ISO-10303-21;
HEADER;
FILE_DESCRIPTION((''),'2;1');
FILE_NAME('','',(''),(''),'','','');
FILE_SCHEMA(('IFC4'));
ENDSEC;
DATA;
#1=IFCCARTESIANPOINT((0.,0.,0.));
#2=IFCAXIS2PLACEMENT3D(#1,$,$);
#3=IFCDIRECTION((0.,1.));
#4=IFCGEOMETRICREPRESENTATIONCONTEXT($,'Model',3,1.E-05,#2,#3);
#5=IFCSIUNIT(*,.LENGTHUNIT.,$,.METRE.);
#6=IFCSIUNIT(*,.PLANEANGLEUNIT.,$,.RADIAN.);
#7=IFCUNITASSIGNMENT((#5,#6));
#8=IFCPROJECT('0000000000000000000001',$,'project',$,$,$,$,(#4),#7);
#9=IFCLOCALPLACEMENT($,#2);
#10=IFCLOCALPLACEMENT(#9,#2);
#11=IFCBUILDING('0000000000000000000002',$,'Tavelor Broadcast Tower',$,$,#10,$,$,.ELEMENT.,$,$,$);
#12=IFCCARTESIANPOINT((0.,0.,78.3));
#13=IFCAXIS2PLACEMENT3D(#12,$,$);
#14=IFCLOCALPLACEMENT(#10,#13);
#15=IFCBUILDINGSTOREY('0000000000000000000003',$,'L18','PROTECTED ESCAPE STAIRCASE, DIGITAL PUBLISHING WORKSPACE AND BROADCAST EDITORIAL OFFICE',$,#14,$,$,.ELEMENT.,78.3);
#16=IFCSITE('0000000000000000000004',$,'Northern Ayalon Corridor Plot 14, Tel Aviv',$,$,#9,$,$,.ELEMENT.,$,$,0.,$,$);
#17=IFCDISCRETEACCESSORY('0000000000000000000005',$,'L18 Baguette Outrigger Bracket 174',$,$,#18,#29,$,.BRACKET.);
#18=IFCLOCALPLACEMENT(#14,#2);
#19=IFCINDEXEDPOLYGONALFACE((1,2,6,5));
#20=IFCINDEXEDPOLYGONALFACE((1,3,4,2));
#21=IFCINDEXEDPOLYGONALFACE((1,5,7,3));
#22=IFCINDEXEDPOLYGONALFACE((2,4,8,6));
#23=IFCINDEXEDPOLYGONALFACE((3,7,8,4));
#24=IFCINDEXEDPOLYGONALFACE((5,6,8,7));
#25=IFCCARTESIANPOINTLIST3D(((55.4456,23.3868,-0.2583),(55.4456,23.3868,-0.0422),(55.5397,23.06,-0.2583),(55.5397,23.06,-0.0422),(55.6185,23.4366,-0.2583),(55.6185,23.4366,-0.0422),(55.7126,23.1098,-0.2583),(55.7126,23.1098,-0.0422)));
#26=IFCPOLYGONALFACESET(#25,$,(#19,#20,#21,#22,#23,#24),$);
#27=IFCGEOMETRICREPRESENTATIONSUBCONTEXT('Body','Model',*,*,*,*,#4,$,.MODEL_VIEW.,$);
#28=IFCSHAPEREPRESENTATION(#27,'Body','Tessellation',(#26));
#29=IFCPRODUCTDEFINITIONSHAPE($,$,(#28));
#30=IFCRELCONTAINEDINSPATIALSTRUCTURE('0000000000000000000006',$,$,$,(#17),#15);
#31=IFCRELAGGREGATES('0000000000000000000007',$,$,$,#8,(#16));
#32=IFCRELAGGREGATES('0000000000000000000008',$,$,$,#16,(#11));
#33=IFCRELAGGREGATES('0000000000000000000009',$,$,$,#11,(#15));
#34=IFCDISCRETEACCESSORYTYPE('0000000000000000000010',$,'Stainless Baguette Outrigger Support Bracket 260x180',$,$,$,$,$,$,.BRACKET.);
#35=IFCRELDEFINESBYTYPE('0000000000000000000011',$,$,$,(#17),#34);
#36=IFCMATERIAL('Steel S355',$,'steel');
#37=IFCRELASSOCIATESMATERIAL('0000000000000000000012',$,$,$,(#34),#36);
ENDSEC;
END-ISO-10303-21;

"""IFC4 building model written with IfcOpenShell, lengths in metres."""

from ifc_helpers import new_model, si_unit, direction, frame, origin, origin_2d, place, context, subcontext, project, spatial, rectangle, extrude, source, transform, mapped, material, type_object, type_shapes, element, save


model = new_model("IFC4")

# Units and contexts
model_context = context("Model", 3, precision=1e-05, world=origin(), true_north=direction((0.0, 1.0)))
body_context = subcontext(model_context, "Body", "Model", "MODEL_VIEW")
ifc_project = project(units=[si_unit("LENGTHUNIT", "METRE"), si_unit("PLANEANGLEUNIT", "RADIAN")], contexts=[model_context])

# Site, building, storey
site_placement = place(None, origin())
site = spatial("IfcSite", under=ifc_project, at=site_placement, Name="Northern Ayalon Corridor Plot 14, Tel Aviv", CompositionType="ELEMENT", RefElevation=0.0)
building_placement = place(site_placement, origin())
building = spatial("IfcBuilding", under=site, at=building_placement, Name="Tavelor Broadcast Tower", CompositionType="ELEMENT")
storey_placement = place(building_placement, frame((0.0, 0.0, 78.3)))
storey = spatial("IfcBuildingStorey", under=building, at=storey_placement, Name="L18", Description="PROTECTED ESCAPE STAIRCASE, DIGITAL PUBLISHING WORKSPACE AND BROADCAST EDITORIAL OFFICE", CompositionType="ELEMENT", Elevation=78.3)

# Shared definitions
ifc_material_1 = material(Name="Steel S355", Category="steel")

# Discrete accessory
discrete_accessory_type = type_object("IfcDiscreteAccessoryType", Name="Stainless Baguette Outrigger Support Bracket 260x180", PredefinedType="BRACKET", material=ifc_material_1)
shared_shape_1 = source(origin(), body_context, "Body", "SweptSolid", [
    extrude(rectangle(XDim=0.1799, YDim=0.3401, at=origin_2d()), origin(), (0.0, 0.0, 1.0), 0.2161),
])
type_shapes(discrete_accessory_type, [shared_shape_1])
for number, where, z_axis, x_axis, name in (
    (1, (55.5791, 23.2483, -0.2583), (0.0, 0.0, 1.0), (0.960924, 0.276812, 0.0), "L18 Baguette Outrigger Bracket 174"),
):
    element("IfcDiscreteAccessory", number, at=place(storey_placement, frame(where, z_axis=z_axis, x_axis=x_axis)), inside=storey, type_object=discrete_accessory_type, Name=name, PredefinedType="BRACKET", context=body_context, shape_type="MappedRepresentation", body=[
        mapped(shared_shape_1, transform((0.0, 0.0, 0.0), scale=1.0)),
    ])

save(model, "model.ifc")
